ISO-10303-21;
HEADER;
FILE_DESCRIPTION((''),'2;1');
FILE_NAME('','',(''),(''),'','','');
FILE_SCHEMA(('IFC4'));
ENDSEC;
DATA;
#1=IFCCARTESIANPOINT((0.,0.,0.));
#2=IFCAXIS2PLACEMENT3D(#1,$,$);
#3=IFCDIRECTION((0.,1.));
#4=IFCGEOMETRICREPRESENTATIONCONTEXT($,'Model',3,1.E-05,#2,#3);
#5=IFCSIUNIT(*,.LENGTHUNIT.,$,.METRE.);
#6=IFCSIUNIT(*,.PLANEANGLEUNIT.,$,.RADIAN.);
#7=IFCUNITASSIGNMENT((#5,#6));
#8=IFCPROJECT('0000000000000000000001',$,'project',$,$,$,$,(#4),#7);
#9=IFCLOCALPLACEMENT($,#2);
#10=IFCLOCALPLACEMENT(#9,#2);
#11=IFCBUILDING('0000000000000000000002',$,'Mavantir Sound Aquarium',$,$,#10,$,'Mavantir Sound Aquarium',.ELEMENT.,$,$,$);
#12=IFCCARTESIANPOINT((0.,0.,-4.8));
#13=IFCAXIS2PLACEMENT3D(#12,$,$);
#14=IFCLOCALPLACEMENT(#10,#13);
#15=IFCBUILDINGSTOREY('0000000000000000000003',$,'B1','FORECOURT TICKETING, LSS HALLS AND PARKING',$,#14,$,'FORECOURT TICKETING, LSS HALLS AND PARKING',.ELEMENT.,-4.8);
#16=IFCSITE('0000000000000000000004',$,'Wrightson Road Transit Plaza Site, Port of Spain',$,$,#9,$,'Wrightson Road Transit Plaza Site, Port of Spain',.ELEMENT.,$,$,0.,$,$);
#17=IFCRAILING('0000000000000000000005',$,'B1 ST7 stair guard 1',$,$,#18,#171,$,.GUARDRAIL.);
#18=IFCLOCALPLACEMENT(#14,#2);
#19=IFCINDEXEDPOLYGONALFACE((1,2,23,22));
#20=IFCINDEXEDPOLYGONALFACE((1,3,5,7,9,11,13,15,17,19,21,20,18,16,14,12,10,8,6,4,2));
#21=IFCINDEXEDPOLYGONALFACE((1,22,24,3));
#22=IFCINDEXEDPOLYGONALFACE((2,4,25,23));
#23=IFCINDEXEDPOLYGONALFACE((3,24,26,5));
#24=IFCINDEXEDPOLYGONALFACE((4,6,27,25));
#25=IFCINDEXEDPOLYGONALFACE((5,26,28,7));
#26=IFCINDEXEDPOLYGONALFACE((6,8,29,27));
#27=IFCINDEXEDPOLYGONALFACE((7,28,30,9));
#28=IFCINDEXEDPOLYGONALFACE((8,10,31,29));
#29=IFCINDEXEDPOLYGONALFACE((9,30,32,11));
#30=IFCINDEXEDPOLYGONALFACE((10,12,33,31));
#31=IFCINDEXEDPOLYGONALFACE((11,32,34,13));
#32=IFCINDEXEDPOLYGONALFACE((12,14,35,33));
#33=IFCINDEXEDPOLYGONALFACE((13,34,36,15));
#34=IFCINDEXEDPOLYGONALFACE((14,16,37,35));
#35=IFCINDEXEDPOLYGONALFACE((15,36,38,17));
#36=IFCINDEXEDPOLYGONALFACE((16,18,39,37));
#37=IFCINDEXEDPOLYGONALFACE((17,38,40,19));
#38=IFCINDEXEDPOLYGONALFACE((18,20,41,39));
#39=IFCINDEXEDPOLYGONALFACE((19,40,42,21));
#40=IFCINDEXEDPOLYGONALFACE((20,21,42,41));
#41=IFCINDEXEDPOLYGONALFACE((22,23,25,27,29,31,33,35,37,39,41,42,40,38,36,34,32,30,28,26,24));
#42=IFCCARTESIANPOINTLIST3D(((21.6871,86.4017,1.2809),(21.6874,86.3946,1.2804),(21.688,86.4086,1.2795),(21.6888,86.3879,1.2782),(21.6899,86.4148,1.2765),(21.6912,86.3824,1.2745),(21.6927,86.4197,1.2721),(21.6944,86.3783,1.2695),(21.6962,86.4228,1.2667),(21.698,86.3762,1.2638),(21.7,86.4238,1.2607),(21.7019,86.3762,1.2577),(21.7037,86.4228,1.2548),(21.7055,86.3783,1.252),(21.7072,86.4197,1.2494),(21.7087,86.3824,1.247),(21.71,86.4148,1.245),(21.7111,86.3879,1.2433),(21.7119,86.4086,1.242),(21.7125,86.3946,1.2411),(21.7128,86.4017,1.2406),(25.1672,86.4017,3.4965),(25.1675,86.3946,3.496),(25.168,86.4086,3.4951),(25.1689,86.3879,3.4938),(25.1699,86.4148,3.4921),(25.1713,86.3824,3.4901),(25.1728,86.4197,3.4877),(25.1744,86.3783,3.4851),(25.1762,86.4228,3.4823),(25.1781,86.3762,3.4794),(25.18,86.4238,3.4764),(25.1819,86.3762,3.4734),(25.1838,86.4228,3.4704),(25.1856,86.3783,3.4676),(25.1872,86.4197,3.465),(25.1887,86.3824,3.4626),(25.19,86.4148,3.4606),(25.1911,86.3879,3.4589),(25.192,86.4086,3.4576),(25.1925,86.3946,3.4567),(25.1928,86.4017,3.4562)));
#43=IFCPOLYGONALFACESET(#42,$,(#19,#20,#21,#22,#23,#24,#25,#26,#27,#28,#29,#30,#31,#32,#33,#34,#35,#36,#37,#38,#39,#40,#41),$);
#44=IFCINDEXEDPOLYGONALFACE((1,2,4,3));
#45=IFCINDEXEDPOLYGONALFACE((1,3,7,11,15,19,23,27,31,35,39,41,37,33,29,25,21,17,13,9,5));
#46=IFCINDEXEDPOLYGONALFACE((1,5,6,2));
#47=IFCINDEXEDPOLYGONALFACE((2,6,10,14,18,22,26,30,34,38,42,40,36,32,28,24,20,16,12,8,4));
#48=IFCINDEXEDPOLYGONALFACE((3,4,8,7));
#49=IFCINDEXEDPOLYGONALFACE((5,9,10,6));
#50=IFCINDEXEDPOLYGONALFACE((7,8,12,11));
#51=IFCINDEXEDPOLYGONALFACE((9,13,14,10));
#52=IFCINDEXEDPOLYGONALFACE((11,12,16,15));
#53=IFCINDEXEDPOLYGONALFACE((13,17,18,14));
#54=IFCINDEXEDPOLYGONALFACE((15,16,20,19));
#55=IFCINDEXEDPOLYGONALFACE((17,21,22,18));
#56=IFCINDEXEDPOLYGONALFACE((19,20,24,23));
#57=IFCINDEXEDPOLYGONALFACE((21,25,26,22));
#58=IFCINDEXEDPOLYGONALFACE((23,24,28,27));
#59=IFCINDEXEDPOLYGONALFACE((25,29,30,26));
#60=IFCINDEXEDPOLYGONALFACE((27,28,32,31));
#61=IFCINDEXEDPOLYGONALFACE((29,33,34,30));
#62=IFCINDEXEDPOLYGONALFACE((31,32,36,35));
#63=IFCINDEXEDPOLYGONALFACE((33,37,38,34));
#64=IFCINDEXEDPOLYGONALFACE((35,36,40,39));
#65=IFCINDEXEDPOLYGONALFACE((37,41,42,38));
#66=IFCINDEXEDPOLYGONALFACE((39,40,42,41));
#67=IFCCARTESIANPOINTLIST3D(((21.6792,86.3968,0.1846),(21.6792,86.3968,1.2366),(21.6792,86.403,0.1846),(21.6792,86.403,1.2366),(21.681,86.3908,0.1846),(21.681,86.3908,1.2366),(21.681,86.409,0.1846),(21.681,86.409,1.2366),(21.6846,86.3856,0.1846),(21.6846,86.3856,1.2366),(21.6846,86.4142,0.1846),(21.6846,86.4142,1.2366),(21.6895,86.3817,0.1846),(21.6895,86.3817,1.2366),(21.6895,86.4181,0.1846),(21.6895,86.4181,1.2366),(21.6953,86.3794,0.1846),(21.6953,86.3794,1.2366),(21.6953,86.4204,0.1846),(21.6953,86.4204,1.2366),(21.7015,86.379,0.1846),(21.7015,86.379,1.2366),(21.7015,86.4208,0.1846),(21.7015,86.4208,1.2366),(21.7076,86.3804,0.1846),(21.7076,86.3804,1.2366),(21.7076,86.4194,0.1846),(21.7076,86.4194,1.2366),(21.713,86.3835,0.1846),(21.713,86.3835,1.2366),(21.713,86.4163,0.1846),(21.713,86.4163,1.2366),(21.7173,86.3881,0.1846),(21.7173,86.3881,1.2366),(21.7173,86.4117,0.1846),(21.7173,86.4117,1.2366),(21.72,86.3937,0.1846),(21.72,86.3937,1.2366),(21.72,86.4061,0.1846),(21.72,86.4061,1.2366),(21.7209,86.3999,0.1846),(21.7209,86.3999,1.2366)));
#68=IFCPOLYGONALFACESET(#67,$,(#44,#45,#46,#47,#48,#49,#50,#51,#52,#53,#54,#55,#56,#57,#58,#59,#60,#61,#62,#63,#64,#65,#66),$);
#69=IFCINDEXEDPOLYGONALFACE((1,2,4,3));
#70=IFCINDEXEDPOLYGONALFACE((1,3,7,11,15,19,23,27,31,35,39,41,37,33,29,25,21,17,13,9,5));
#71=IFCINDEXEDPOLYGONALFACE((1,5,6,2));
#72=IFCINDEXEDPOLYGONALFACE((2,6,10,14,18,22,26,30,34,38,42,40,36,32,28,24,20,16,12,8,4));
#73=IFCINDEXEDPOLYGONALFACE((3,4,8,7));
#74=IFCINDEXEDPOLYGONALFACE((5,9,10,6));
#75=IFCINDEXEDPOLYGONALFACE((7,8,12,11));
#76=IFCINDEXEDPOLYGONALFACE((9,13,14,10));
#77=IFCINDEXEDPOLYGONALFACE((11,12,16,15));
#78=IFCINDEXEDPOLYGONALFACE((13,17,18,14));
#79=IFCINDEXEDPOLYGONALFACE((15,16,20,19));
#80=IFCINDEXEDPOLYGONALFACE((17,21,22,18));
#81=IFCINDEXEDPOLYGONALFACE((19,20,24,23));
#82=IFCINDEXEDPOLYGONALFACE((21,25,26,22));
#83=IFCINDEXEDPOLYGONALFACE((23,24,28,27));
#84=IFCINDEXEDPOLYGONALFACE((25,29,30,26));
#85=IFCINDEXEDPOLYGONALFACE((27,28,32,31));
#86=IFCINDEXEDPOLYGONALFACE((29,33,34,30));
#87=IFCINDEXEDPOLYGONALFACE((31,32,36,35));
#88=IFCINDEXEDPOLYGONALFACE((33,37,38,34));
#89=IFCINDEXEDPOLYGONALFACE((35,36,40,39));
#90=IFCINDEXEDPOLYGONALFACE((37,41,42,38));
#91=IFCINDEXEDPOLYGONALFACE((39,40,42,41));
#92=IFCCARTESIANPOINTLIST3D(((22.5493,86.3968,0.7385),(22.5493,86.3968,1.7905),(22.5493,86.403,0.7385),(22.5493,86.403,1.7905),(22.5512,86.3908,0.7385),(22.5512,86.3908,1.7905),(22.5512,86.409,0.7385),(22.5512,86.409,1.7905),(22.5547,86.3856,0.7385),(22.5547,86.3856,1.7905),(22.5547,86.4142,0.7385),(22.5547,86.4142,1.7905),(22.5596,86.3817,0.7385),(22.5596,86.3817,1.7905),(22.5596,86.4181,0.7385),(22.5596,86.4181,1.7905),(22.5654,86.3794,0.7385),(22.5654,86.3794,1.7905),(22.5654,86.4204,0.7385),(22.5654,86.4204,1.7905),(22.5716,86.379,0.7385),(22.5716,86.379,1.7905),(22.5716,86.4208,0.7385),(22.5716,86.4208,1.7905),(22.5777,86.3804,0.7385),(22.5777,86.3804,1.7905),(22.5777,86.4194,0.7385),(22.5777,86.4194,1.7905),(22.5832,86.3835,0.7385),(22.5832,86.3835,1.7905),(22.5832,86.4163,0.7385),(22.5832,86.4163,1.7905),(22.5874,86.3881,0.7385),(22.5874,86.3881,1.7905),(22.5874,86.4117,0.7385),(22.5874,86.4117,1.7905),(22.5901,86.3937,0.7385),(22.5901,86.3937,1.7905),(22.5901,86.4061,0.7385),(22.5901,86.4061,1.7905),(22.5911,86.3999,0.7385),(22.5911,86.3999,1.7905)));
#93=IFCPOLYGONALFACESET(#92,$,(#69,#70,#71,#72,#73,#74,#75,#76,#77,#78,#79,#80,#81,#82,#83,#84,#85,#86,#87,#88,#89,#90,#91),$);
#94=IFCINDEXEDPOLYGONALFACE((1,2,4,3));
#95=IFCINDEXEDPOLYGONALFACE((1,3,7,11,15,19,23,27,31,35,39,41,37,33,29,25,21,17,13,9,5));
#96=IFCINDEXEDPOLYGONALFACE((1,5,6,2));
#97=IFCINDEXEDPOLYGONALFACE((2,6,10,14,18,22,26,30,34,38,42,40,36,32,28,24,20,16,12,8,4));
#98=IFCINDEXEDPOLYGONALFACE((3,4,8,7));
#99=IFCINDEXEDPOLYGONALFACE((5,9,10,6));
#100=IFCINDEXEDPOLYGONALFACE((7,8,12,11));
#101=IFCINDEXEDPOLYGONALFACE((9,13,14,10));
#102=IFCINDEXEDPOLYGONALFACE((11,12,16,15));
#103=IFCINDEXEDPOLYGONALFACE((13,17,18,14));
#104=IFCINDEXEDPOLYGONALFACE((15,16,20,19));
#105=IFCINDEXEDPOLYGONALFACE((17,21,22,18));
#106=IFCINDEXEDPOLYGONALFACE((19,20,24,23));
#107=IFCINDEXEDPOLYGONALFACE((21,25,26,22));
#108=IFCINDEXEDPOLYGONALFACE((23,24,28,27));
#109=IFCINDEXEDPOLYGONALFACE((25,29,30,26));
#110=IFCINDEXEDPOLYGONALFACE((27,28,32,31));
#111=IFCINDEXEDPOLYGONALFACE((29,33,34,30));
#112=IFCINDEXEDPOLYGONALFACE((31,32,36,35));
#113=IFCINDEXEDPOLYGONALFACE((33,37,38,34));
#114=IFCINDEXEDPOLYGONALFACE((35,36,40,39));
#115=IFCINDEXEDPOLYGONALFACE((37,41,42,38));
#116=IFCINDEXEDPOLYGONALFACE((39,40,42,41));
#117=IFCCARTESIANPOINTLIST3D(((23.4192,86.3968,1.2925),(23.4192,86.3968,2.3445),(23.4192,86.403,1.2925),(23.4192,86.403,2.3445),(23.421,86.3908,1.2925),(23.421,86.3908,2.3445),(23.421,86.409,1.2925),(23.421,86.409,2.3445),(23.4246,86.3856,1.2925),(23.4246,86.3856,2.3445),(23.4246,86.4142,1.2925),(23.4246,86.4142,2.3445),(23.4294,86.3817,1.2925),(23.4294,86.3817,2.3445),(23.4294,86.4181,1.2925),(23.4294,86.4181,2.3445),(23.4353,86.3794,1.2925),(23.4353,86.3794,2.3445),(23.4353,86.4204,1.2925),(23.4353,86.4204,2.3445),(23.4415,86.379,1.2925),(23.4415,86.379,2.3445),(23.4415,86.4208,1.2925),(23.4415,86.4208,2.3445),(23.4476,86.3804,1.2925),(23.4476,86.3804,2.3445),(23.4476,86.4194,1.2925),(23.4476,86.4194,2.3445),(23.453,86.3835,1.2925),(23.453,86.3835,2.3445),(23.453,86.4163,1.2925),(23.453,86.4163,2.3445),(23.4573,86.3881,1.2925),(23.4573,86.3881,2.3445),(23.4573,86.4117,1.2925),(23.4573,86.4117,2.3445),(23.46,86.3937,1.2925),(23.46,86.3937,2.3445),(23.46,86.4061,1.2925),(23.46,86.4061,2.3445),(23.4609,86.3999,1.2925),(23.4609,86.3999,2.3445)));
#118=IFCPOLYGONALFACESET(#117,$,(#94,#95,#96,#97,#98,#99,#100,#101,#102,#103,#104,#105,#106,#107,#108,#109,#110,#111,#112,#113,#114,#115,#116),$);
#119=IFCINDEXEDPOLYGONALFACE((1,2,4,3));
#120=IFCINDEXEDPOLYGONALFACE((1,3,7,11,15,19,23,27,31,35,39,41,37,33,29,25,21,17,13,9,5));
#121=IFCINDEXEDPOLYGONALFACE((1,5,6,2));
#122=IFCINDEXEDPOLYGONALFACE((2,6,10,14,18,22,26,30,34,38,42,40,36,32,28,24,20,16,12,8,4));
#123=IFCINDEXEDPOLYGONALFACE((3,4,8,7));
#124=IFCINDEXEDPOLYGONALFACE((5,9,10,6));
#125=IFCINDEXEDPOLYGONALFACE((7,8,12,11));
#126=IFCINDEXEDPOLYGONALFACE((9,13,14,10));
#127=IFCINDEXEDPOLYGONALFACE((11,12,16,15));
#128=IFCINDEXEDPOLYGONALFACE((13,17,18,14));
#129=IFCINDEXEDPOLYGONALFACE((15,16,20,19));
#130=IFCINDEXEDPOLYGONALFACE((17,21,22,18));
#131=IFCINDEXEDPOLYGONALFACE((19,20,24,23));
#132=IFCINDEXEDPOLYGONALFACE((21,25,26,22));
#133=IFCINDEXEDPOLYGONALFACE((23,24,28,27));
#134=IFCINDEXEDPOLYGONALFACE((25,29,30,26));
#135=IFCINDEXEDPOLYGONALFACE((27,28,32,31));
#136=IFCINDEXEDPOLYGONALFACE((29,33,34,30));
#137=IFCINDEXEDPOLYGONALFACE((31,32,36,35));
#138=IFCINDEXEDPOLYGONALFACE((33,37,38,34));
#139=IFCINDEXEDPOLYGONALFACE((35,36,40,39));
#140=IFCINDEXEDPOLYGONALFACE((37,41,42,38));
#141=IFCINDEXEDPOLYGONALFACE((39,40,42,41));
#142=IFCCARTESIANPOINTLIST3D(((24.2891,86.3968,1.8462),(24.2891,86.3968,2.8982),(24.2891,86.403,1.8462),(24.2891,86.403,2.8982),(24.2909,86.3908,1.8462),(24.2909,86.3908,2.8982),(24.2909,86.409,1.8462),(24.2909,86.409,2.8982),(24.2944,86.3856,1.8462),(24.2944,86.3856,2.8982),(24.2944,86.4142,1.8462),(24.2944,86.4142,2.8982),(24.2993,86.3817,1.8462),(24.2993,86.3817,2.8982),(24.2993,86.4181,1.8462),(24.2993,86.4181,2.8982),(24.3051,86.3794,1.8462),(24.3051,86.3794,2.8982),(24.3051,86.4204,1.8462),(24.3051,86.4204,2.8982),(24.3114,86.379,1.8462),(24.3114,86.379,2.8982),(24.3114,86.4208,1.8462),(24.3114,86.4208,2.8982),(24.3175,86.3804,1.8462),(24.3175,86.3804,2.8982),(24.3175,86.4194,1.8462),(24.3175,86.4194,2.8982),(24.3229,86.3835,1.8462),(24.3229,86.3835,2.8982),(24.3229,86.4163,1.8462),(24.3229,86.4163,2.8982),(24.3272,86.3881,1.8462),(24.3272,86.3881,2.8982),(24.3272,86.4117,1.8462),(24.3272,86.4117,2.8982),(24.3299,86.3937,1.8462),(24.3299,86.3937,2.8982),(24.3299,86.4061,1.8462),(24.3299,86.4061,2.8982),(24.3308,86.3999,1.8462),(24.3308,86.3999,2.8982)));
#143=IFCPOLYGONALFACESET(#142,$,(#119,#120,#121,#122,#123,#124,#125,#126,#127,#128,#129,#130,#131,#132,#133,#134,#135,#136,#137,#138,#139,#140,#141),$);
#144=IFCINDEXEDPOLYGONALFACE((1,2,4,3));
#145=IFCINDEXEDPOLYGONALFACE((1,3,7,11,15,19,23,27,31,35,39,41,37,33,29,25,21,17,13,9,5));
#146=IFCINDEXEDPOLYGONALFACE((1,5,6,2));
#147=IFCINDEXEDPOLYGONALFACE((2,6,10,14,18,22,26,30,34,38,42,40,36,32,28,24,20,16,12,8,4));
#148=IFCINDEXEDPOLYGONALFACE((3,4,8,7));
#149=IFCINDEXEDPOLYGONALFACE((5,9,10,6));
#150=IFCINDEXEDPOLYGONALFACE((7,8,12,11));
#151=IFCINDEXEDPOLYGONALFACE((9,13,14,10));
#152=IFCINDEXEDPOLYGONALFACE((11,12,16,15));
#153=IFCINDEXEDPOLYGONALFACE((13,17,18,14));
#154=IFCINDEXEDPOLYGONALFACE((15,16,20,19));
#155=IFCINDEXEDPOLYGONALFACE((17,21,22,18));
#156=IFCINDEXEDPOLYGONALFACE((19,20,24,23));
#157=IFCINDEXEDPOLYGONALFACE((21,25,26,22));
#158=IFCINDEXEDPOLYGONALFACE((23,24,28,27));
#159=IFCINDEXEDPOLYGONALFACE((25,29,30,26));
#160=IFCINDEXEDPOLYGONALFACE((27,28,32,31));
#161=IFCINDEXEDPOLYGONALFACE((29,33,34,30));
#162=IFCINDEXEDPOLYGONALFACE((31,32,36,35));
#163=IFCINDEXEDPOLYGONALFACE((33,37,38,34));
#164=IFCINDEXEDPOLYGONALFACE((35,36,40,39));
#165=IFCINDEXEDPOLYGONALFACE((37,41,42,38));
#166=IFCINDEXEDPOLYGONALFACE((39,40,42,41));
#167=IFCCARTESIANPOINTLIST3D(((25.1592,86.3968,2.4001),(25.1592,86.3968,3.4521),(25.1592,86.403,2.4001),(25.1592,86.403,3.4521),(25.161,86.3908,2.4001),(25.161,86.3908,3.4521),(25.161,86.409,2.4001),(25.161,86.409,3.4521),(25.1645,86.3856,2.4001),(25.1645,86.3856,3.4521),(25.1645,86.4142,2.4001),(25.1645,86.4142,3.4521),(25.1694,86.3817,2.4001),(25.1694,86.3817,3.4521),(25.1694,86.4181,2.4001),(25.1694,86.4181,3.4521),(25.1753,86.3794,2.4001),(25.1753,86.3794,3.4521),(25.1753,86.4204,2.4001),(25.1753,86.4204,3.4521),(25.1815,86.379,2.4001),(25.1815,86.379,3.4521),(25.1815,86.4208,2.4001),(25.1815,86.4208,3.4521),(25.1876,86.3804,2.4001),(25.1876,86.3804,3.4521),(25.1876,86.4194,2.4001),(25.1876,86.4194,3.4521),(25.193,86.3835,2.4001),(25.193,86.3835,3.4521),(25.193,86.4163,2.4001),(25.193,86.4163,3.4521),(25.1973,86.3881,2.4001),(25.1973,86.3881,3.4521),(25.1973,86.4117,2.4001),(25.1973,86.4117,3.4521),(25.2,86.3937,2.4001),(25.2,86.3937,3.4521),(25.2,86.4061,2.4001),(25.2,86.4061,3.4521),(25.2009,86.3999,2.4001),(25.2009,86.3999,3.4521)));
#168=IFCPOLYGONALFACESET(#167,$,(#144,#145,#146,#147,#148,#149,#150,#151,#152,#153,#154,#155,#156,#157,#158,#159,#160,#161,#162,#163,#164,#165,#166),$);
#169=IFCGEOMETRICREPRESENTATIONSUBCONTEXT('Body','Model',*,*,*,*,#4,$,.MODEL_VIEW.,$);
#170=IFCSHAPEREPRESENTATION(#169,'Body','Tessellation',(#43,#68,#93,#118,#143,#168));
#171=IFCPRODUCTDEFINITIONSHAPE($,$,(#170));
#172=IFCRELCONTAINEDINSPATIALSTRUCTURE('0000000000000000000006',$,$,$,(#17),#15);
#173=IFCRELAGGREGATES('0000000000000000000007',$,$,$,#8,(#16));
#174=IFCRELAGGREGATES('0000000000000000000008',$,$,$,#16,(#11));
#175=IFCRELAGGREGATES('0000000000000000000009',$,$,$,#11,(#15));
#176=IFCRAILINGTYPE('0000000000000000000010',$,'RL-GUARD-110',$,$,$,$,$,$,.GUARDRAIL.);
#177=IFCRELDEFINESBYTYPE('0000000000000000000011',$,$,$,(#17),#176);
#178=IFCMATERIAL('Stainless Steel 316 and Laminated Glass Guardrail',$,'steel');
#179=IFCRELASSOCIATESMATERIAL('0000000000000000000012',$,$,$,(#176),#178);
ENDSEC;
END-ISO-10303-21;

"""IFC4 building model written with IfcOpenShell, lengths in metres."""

from ifc_helpers import new_model, si_unit, direction, frame, origin, origin_2d, place, context, subcontext, project, spatial, circle, extrude, material, type_object, element, save


model = new_model("IFC4")

# Units and contexts
model_context = context("Model", 3, precision=1e-05, world=origin(), true_north=direction((0.0, 1.0)))
body_context = subcontext(model_context, "Body", "Model", "MODEL_VIEW")
ifc_project = project(units=[si_unit("LENGTHUNIT", "METRE"), si_unit("PLANEANGLEUNIT", "RADIAN")], contexts=[model_context])

# Site, building, storey
site_placement = place(None, origin())
site = spatial("IfcSite", under=ifc_project, at=site_placement, Name="Wrightson Road Transit Plaza Site, Port of Spain", LongName="Wrightson Road Transit Plaza Site, Port of Spain", CompositionType="ELEMENT", RefElevation=0.0)
building_placement = place(site_placement, origin())
building = spatial("IfcBuilding", under=site, at=building_placement, Name="Mavantir Sound Aquarium", LongName="Mavantir Sound Aquarium", CompositionType="ELEMENT")
storey_placement = place(building_placement, frame((0.0, 0.0, -4.8)))
storey = spatial("IfcBuildingStorey", under=building, at=storey_placement, Name="B1", Description="FORECOURT TICKETING, LSS HALLS AND PARKING", LongName="FORECOURT TICKETING, LSS HALLS AND PARKING", CompositionType="ELEMENT", Elevation=-4.8)

# Railing
ifc_material_1 = material(Name="Stainless Steel 316 and Laminated Glass Guardrail", Category="steel")
railing_type_1 = type_object("IfcRailingType", Name="RL-GUARD-110", PredefinedType="GUARDRAIL", material=ifc_material_1)
railing_1_placement = place(storey_placement, frame((21.7, 86.3999, 0.1846)))
element("IfcRailing", 1, at=railing_1_placement, inside=storey, type_object=railing_type_1, Name="B1 ST7 stair guard 1", PredefinedType="GUARDRAIL", context=body_context, shape_type="SweptSolid", body=[
    extrude(circle(Radius=0.0239, at=origin_2d()), frame((0.0, 0.0, 1.0762), z_axis=(0.843547, 0.0, 0.537055), x_axis=(0.0, 1.0, 0.0)), (0.0, 0.0, 1.0), 4.1255),
    extrude(circle(Radius=0.021, at=origin_2d()), origin(), (0.0, 0.0, 1.0), 1.052),
    extrude(circle(Radius=0.021, at=origin_2d()), frame((0.8701, 0.0, 0.554)), (0.0, 0.0, 1.0), 1.052),
    extrude(circle(Radius=0.021, at=origin_2d()), frame((1.74, 0.0, 1.1079)), (0.0, 0.0, 1.0), 1.052),
    extrude(circle(Radius=0.021, at=origin_2d()), frame((2.6099, 0.0, 1.6616)), (0.0, 0.0, 1.0), 1.052),
    extrude(circle(Radius=0.021, at=origin_2d()), frame((3.48, 0.0, 2.2156)), (0.0, 0.0, 1.0), 1.052),
])

save(model, "model.ifc")
